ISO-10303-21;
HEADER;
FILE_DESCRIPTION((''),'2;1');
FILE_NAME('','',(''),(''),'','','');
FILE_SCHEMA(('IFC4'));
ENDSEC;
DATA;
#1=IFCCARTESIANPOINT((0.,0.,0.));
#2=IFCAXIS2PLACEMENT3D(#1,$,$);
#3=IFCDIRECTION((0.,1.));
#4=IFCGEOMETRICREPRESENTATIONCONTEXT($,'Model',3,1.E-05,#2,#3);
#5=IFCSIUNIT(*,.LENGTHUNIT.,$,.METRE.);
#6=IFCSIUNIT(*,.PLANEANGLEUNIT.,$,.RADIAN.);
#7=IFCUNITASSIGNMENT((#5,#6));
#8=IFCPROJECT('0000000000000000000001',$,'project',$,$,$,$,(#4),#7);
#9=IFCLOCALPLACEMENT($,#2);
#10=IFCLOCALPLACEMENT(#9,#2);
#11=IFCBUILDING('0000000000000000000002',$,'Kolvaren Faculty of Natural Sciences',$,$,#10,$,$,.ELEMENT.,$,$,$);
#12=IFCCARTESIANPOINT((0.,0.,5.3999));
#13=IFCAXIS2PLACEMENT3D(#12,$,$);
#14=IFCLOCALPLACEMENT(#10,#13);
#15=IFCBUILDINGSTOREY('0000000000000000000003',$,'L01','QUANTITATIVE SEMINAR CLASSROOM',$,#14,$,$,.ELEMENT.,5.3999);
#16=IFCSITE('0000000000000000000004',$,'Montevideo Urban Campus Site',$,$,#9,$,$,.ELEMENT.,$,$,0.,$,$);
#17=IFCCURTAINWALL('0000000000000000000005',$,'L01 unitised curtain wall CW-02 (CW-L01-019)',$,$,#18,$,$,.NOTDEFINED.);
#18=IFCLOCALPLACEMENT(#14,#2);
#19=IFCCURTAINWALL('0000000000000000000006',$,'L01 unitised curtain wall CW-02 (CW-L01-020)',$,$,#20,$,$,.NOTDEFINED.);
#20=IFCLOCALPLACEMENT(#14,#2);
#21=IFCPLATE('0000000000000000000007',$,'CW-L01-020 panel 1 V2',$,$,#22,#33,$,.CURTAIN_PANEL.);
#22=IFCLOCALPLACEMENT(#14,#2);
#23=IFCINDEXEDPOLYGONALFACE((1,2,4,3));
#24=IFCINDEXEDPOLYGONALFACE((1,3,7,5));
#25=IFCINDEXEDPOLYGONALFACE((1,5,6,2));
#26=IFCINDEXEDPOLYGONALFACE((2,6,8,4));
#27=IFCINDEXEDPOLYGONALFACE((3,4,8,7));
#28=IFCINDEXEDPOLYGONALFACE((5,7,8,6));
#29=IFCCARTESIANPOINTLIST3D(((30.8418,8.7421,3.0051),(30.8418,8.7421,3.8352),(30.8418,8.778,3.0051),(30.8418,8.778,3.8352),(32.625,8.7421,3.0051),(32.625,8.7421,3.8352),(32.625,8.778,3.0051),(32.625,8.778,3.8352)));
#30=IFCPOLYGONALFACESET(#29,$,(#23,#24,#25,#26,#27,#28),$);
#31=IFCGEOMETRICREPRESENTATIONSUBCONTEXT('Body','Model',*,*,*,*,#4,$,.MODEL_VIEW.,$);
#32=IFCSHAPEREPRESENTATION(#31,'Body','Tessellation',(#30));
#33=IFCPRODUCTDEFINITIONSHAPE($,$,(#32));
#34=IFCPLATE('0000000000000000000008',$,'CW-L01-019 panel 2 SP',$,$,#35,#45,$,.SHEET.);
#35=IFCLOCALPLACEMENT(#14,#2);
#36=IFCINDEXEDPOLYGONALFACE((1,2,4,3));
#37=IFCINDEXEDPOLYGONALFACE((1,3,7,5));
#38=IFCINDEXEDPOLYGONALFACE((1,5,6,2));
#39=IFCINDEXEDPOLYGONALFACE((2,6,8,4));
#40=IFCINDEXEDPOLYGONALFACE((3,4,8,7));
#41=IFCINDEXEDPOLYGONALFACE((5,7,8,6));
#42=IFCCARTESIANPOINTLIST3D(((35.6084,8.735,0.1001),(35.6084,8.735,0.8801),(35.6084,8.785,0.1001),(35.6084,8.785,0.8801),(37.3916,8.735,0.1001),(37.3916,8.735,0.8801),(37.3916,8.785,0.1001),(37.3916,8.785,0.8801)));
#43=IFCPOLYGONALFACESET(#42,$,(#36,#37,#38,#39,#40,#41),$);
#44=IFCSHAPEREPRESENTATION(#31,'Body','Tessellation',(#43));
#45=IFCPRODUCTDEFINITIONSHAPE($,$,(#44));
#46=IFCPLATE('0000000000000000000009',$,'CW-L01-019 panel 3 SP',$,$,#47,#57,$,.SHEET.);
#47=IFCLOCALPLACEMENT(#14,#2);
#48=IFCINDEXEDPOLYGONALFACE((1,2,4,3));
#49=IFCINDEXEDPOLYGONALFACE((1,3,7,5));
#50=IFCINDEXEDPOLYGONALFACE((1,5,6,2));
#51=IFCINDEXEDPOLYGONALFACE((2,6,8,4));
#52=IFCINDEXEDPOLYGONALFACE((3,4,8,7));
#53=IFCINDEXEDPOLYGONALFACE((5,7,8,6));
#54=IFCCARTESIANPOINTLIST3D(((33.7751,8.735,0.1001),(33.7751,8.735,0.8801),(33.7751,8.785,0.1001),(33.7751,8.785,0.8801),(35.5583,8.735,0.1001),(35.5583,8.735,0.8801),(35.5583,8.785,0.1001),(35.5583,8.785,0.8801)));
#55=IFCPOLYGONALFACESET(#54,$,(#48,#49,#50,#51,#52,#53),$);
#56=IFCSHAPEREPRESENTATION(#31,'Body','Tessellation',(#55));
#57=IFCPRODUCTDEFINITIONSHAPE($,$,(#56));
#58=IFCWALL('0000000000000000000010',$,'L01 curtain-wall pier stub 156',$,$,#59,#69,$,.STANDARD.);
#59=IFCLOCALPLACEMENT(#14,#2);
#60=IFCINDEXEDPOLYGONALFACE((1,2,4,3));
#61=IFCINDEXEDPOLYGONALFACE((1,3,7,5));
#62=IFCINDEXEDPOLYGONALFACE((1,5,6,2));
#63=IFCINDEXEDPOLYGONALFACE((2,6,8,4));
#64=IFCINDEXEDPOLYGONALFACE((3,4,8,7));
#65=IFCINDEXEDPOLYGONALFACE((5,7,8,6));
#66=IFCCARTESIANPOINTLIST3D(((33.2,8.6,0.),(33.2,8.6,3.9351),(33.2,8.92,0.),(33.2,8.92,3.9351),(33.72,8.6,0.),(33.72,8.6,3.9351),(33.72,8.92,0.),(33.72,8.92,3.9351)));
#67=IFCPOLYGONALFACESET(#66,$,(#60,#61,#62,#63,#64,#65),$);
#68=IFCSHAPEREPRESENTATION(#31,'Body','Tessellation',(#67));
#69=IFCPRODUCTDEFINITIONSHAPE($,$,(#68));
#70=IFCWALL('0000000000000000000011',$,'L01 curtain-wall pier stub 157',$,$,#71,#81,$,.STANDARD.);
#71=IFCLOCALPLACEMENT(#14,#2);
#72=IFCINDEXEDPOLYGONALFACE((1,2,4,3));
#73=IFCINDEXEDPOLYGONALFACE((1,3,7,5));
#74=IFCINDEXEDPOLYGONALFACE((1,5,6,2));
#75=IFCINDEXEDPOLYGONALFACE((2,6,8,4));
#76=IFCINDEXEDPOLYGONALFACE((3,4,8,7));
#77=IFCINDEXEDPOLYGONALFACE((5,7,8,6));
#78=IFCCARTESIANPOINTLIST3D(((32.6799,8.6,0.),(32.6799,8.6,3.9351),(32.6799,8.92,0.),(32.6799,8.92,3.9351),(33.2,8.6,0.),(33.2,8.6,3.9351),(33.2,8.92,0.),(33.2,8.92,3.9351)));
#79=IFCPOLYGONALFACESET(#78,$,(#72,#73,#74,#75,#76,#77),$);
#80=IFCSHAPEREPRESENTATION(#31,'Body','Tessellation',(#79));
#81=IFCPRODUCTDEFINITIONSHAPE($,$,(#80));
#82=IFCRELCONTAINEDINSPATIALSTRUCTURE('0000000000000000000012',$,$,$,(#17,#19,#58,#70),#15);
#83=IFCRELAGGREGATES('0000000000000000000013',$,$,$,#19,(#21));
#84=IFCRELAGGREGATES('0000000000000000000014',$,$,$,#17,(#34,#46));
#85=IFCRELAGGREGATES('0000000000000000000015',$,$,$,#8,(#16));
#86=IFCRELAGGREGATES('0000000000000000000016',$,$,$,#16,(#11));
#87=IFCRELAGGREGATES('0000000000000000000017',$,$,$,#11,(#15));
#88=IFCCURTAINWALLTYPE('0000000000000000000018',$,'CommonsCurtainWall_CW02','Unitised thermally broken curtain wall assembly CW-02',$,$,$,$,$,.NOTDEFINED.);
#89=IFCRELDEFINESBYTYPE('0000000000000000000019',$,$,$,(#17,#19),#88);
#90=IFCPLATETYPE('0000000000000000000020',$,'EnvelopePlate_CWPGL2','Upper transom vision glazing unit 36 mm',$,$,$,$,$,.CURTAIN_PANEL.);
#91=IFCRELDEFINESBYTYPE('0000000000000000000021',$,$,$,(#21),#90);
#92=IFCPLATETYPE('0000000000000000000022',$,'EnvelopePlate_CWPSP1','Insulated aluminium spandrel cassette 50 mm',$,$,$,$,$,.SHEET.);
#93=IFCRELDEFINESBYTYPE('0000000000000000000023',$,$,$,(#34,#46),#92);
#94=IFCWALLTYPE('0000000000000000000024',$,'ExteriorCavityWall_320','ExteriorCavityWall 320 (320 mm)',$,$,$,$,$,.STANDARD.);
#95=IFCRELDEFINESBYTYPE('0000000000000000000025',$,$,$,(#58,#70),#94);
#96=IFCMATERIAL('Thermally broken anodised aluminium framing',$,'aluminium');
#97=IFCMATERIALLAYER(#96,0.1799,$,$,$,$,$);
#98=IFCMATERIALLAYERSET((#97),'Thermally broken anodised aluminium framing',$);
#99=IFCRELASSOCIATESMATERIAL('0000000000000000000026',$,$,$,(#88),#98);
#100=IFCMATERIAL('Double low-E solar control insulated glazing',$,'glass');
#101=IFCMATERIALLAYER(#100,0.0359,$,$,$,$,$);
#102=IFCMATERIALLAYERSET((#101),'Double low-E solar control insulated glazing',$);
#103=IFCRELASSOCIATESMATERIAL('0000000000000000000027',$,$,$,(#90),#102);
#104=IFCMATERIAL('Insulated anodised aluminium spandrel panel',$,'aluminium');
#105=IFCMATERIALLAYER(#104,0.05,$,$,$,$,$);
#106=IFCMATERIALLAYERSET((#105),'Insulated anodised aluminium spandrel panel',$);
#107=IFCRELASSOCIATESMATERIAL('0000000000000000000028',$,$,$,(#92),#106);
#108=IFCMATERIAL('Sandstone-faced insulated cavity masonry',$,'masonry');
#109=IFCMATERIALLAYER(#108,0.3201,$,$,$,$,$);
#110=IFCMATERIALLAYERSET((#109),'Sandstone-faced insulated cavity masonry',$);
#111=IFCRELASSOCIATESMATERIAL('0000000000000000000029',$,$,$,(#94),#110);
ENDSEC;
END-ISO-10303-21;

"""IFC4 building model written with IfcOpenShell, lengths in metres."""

from ifc_helpers import new_model, si_unit, direction, frame, frame_2d, origin, origin_2d, place, context, subcontext, project, spatial, rectangle, extrude, material, layer, layer_set, type_object, element, aggregate, save


model = new_model("IFC4")

# Units and contexts
model_context = context("Model", 3, precision=1e-05, world=origin(), true_north=direction((0.0, 1.0)))
body_context = subcontext(model_context, "Body", "Model", "MODEL_VIEW")
ifc_project = project(units=[si_unit("LENGTHUNIT", "METRE"), si_unit("PLANEANGLEUNIT", "RADIAN")], contexts=[model_context])

# Site, building, storey
site_placement = place(None, origin())
site = spatial("IfcSite", under=ifc_project, at=site_placement, Name="Montevideo Urban Campus Site", CompositionType="ELEMENT", RefElevation=0.0)
building_placement = place(site_placement, origin())
building = spatial("IfcBuilding", under=site, at=building_placement, Name="Kolvaren Faculty of Natural Sciences", CompositionType="ELEMENT")
storey_placement = place(building_placement, frame((0.0, 0.0, 5.3999)))
storey = spatial("IfcBuildingStorey", under=building, at=storey_placement, Name="L01", Description="QUANTITATIVE SEMINAR CLASSROOM", CompositionType="ELEMENT", Elevation=5.3999)

# Curtain walls
ifc_material_1 = material(Name="Thermally broken anodised aluminium framing", Category="aluminium")
ifc_layer_1 = layer(ifc_material_1, 0.1799)
ifc_layer_set_1 = layer_set([ifc_layer_1], Name="Thermally broken anodised aluminium framing")
curtain_wall_type = type_object("IfcCurtainWallType", Name="CommonsCurtainWall_CW02", Description="Unitised thermally broken curtain wall assembly CW-02", PredefinedType="NOTDEFINED", material=ifc_layer_set_1)
curtain_wall_1_placement = place(storey_placement, origin())
curtain_wall_1 = element("IfcCurtainWall", 1, at=curtain_wall_1_placement, inside=storey, type_object=curtain_wall_type, Name="L01 unitised curtain wall CW-02 (CW-L01-019)", PredefinedType="NOTDEFINED")
curtain_wall_2_placement = place(storey_placement, origin())
curtain_wall_2 = element("IfcCurtainWall", 2, at=curtain_wall_2_placement, inside=storey, type_object=curtain_wall_type, Name="L01 unitised curtain wall CW-02 (CW-L01-020)", PredefinedType="NOTDEFINED")

# Plates
ifc_material_2 = material(Name="Double low-E solar control insulated glazing", Category="glass")
ifc_layer_2 = layer(ifc_material_2, 0.0359)
ifc_layer_set_2 = layer_set([ifc_layer_2], Name="Double low-E solar control insulated glazing")
plate_type_1 = type_object("IfcPlateType", Name="EnvelopePlate_CWPGL2", Description="Upper transom vision glazing unit 36 mm", PredefinedType="CURTAIN_PANEL", material=ifc_layer_set_2)
plate_1_placement = place(storey_placement, frame((31.7334, 8.76, 3.0051), z_axis=(0.0, 0.0, 1.0), x_axis=(-1.0, 0.0, 0.0)))
plate_1 = element("IfcPlate", 3, at=plate_1_placement, type_object=plate_type_1, Name="CW-L01-020 panel 1 V2", PredefinedType="CURTAIN_PANEL", context=body_context, shape_type="SweptSolid", body=[
    extrude(rectangle(XDim=1.7832, YDim=0.0359, at=origin_2d()), origin(), (0.0, 0.0, 1.0), 0.8301),
])
aggregate(curtain_wall_2, [plate_1])
ifc_material_3 = material(Name="Insulated anodised aluminium spandrel panel", Category="aluminium")
ifc_layer_3 = layer(ifc_material_3, 0.05)
ifc_layer_set_3 = layer_set([ifc_layer_3], Name="Insulated anodised aluminium spandrel panel")
plate_type_2 = type_object("IfcPlateType", Name="EnvelopePlate_CWPSP1", Description="Insulated aluminium spandrel cassette 50 mm", PredefinedType="SHEET", material=ifc_layer_set_3)
plate_2_placement = place(storey_placement, frame((36.5, 8.76, 0.1001), z_axis=(0.0, 0.0, 1.0), x_axis=(-1.0, 0.0, 0.0)))
plate_2 = element("IfcPlate", 4, at=plate_2_placement, type_object=plate_type_2, Name="CW-L01-019 panel 2 SP", PredefinedType="SHEET", context=body_context, shape_type="SweptSolid", body=[
    extrude(rectangle(XDim=1.7832, YDim=0.05, at=origin_2d()), origin(), (0.0, 0.0, 1.0), 0.78),
])
plate_3_placement = place(storey_placement, frame((34.6667, 8.76, 0.1001), z_axis=(0.0, 0.0, 1.0), x_axis=(-1.0, 0.0, 0.0)))
plate_3 = element("IfcPlate", 5, at=plate_3_placement, type_object=plate_type_2, Name="CW-L01-019 panel 3 SP", PredefinedType="SHEET", context=body_context, shape_type="SweptSolid", body=[
    extrude(rectangle(XDim=1.7832, YDim=0.05, at=origin_2d()), origin(), (0.0, 0.0, 1.0), 0.78),
])
aggregate(curtain_wall_1, [plate_2, plate_3])

# Walls
ifc_material_4 = material(Name="Sandstone-faced insulated cavity masonry", Category="masonry")
ifc_layer_4 = layer(ifc_material_4, 0.3201)
ifc_layer_set_4 = layer_set([ifc_layer_4], Name="Sandstone-faced insulated cavity masonry")
wall_type = type_object("IfcWallType", Name="ExteriorCavityWall_320", Description="ExteriorCavityWall 320 (320 mm)", PredefinedType="STANDARD", material=ifc_layer_set_4)
for number, where, z_axis, x_axis, name in (
    (6, (33.72, 8.76, 0.0), (0.0, 0.0, 1.0), (-1.0, 0.0, 0.0), "L01 curtain-wall pier stub 156"),
    (7, (33.2, 8.76, 0.0), (0.0, 0.0, 1.0), (-1.0, 0.0, 0.0), "L01 curtain-wall pier stub 157"),
):
    element("IfcWall", number, at=place(storey_placement, frame(where, z_axis=z_axis, x_axis=x_axis)), inside=storey, type_object=wall_type, Name=name, PredefinedType="STANDARD", context=body_context, shape_type="SweptSolid", body=[
        extrude(rectangle(XDim=0.52, YDim=0.3201, at=frame_2d((0.26, 0.0))), origin(), (0.0, 0.0, 1.0), 3.9351),
    ])

save(model, "model.ifc")
